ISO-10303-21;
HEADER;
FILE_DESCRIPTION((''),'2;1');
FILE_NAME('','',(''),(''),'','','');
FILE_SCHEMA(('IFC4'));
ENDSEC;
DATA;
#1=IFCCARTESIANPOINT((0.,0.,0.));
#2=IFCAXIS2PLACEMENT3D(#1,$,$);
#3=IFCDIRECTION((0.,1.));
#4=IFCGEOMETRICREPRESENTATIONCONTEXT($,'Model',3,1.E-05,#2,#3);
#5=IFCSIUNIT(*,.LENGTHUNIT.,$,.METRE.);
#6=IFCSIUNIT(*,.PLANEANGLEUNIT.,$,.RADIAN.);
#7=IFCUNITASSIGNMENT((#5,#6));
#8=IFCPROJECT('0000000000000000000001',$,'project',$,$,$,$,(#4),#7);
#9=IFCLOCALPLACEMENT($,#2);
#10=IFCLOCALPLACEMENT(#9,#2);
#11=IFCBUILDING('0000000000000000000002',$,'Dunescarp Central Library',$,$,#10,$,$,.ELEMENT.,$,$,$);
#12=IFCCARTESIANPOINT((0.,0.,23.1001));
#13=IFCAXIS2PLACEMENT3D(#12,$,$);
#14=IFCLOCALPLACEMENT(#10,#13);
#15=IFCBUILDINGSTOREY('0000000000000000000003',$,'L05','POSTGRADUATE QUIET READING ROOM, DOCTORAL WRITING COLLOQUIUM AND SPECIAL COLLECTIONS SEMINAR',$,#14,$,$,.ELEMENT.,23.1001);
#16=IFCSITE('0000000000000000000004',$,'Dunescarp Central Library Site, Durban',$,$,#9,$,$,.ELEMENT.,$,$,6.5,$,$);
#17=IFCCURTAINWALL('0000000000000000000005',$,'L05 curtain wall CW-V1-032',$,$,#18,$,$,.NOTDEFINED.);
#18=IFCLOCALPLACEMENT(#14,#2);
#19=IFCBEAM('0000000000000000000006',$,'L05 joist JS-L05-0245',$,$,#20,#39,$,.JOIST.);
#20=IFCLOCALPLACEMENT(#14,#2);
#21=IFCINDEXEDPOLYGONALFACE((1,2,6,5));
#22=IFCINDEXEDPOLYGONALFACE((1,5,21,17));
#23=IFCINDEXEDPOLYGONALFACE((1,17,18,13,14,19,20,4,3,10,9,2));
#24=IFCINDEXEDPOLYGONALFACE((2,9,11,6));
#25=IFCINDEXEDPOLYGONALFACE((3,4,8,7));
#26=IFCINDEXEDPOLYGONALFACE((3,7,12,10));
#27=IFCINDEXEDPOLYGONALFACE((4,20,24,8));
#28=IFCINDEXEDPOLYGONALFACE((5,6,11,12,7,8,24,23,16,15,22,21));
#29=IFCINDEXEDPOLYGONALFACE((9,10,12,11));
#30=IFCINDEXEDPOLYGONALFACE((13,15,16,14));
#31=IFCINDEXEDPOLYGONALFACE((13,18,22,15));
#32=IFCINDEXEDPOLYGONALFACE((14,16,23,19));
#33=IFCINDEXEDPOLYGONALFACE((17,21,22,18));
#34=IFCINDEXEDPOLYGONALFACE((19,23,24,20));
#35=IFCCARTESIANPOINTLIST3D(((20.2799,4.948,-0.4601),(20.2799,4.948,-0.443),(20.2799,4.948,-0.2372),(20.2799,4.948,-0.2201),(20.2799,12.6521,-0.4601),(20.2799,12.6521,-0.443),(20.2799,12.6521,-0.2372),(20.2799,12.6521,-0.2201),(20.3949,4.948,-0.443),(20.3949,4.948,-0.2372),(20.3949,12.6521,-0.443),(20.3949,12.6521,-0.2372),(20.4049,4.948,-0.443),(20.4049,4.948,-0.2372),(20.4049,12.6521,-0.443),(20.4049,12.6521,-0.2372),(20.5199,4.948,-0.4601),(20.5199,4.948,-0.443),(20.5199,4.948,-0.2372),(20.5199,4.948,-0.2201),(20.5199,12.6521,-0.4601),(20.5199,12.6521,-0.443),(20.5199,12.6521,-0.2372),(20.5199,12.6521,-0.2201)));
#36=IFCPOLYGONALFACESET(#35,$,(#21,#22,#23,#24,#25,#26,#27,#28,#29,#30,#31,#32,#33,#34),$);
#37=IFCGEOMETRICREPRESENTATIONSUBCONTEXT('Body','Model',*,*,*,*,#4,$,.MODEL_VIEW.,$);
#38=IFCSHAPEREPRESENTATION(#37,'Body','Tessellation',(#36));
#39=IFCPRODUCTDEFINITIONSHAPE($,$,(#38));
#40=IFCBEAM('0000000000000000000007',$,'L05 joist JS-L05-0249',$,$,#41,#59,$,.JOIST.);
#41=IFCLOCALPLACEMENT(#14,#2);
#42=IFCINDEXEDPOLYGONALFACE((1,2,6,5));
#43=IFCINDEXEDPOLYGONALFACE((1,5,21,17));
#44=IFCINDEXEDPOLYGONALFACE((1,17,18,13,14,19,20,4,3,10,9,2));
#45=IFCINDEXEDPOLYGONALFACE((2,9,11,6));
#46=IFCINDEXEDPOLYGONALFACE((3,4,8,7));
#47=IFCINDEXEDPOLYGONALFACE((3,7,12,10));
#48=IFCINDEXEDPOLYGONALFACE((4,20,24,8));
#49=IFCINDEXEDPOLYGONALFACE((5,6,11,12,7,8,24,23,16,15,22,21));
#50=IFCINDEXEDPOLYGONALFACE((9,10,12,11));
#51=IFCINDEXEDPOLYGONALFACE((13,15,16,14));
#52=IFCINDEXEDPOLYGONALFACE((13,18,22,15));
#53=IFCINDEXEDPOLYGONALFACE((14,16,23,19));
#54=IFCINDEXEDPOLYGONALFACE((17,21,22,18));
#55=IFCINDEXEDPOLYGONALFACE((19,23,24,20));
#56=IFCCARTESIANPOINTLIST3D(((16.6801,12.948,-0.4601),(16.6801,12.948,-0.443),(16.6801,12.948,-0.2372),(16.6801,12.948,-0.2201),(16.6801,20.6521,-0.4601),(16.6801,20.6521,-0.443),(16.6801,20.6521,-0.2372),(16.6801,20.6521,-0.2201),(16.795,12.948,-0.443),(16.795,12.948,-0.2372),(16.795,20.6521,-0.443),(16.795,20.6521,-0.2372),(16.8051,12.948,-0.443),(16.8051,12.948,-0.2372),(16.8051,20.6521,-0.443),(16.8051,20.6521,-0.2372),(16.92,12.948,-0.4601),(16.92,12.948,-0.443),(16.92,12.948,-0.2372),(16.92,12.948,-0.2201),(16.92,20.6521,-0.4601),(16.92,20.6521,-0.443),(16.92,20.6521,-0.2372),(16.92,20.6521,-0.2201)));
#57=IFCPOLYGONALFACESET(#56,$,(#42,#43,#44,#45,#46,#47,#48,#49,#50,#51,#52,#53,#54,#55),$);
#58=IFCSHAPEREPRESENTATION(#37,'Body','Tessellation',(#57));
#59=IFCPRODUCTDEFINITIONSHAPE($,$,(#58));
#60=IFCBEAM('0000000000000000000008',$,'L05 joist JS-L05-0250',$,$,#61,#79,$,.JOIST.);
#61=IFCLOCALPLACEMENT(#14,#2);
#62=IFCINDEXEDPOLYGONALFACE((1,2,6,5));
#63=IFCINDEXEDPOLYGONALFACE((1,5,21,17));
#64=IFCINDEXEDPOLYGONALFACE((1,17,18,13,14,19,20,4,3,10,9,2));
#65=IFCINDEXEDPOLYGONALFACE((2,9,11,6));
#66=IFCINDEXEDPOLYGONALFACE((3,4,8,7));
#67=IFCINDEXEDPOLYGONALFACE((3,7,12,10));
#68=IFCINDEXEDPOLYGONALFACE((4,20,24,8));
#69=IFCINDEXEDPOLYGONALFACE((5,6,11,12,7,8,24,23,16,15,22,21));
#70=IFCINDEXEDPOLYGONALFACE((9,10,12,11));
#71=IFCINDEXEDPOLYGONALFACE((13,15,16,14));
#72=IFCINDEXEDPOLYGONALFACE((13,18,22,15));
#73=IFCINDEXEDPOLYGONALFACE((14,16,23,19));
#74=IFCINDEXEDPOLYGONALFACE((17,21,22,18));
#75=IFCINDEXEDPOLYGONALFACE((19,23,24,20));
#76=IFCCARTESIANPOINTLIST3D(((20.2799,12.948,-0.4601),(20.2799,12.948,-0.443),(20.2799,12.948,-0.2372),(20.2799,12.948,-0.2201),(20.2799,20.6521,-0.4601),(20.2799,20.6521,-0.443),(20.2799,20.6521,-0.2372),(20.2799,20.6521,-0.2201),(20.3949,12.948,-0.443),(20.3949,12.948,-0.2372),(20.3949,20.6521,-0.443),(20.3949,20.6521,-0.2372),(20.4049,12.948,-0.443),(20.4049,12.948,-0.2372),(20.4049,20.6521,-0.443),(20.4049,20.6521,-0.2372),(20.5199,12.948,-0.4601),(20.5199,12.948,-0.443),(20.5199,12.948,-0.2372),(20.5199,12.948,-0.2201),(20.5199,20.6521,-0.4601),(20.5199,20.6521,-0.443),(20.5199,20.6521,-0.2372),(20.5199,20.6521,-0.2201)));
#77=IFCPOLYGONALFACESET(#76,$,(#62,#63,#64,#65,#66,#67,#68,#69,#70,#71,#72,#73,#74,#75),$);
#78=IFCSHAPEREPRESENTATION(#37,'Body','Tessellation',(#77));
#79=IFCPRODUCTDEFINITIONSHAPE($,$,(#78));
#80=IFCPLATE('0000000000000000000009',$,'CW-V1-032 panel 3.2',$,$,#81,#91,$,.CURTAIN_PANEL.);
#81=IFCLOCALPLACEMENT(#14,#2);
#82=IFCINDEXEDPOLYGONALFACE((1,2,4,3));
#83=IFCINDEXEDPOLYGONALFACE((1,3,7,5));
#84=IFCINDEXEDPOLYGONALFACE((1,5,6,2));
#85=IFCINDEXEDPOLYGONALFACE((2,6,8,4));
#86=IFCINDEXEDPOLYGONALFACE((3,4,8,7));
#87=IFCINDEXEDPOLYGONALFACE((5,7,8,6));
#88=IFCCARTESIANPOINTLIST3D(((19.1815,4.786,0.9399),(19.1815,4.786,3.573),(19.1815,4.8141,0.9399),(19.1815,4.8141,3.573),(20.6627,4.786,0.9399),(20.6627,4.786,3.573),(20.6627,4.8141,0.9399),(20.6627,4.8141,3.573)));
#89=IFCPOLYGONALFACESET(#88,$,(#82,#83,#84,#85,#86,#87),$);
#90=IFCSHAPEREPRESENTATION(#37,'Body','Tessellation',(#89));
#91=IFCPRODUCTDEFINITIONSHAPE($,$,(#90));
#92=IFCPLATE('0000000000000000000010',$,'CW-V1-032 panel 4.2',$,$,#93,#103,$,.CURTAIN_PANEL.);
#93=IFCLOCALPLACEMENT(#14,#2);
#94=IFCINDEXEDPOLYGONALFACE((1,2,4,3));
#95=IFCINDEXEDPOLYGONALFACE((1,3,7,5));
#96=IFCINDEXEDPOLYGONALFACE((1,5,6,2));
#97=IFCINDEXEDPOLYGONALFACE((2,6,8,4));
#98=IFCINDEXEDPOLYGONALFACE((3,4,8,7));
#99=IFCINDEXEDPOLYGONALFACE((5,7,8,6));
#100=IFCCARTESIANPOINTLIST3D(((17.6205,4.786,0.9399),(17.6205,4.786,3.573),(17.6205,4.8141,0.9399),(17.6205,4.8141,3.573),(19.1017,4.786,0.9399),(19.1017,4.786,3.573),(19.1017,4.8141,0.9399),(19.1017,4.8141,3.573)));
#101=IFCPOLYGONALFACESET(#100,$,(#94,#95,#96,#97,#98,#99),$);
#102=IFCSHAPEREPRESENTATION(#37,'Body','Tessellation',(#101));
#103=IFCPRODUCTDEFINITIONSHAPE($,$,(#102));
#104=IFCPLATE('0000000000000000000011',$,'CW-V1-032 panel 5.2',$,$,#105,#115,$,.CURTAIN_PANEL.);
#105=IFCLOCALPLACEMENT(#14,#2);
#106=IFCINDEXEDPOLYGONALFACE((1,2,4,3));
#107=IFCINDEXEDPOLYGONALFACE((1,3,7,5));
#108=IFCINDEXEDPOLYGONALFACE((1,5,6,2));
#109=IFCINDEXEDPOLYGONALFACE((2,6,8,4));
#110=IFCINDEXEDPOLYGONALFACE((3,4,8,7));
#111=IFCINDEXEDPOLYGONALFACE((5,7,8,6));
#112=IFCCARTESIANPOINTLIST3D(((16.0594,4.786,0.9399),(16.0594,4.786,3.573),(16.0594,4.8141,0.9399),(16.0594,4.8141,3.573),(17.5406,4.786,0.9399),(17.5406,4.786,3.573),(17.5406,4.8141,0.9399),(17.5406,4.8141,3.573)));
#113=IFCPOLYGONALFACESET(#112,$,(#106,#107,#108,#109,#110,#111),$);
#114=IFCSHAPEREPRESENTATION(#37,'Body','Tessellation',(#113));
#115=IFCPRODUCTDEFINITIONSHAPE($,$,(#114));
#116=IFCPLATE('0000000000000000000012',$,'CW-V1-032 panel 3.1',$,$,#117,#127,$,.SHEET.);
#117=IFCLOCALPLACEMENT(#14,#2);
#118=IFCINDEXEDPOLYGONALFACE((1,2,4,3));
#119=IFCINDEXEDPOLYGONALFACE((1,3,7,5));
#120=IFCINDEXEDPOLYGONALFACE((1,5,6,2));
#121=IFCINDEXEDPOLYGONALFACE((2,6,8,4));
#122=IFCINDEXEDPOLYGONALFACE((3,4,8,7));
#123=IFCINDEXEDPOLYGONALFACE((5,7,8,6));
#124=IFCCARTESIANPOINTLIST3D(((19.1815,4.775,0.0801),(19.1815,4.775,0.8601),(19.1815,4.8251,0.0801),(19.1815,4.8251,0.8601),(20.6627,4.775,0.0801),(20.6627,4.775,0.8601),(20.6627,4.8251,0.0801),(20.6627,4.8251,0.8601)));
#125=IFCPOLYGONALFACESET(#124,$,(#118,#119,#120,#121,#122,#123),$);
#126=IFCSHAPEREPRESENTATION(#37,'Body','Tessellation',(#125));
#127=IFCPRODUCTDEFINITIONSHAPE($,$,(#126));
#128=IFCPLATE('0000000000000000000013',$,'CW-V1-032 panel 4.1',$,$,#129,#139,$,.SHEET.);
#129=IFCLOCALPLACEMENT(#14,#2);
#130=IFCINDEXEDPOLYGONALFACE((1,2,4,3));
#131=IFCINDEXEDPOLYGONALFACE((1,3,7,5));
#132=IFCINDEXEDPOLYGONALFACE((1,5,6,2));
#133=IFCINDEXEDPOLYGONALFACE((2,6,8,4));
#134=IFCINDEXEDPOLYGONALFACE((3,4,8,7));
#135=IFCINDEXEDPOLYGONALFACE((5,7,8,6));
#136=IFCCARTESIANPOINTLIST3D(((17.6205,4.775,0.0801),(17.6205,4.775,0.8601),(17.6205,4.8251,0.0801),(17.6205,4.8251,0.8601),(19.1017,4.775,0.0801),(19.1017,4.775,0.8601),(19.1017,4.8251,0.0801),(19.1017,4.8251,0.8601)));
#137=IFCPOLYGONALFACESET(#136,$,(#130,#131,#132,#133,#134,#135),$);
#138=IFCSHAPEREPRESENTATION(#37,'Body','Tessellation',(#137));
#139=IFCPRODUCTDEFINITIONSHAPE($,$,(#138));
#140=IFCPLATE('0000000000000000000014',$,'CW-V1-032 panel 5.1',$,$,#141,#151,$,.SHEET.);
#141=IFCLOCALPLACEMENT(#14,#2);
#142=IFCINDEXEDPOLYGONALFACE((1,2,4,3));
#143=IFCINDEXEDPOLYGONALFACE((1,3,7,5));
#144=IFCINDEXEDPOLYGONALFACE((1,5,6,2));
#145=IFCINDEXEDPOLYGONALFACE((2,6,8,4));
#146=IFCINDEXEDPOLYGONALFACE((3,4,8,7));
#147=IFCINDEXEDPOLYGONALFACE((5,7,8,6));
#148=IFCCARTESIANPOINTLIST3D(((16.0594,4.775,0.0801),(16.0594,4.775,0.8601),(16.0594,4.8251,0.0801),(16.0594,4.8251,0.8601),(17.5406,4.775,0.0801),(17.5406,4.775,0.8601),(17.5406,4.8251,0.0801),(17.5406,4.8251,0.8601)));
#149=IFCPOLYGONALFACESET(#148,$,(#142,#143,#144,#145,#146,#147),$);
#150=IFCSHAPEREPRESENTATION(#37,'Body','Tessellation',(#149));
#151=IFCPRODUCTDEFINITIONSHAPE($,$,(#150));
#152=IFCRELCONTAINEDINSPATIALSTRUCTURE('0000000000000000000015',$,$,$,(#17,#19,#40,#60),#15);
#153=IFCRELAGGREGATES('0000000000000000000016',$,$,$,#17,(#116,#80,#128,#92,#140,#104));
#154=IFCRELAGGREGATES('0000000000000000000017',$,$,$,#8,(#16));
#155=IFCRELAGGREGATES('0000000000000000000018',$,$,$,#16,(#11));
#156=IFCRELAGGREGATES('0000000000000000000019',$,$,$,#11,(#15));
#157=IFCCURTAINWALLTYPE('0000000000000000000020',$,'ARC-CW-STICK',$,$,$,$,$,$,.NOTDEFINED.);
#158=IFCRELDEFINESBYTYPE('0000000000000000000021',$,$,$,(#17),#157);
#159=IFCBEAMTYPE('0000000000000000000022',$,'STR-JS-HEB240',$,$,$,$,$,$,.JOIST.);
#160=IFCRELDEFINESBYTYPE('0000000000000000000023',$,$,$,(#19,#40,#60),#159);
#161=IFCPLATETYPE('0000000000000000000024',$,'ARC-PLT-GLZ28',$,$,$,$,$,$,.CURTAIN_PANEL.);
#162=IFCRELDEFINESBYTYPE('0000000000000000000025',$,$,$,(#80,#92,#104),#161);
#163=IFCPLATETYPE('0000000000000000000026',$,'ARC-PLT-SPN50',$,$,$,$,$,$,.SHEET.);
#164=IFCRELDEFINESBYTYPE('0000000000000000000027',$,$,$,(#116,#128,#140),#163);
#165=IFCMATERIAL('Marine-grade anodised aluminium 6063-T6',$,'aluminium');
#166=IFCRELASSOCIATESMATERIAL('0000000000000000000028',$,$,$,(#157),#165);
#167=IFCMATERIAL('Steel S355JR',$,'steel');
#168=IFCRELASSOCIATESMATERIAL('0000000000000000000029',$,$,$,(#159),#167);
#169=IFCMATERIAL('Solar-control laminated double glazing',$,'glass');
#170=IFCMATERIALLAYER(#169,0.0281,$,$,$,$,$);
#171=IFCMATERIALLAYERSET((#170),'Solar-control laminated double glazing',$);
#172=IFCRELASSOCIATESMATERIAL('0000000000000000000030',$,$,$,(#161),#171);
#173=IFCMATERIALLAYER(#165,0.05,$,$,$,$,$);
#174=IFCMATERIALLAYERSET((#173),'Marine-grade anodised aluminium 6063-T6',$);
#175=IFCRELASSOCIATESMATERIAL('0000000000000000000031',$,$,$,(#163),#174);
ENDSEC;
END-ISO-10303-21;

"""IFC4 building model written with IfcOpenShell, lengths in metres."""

from ifc_helpers import new_model, si_unit, direction, frame, origin, origin_2d, place, context, subcontext, project, spatial, rectangle, i_section, extrude, material, layer, layer_set, material_profile, profile_set, type_object, element, aggregate, save


model = new_model("IFC4")

# Units and contexts
model_context = context("Model", 3, precision=1e-05, world=origin(), true_north=direction((0.0, 1.0)))
body_context = subcontext(model_context, "Body", "Model", "MODEL_VIEW")
ifc_project = project(units=[si_unit("LENGTHUNIT", "METRE"), si_unit("PLANEANGLEUNIT", "RADIAN")], contexts=[model_context])

# Site, building, storey
site_placement = place(None, origin())
site = spatial("IfcSite", under=ifc_project, at=site_placement, Name="Dunescarp Central Library Site, Durban", CompositionType="ELEMENT", RefElevation=6.5)
building_placement = place(site_placement, origin())
building = spatial("IfcBuilding", under=site, at=building_placement, Name="Dunescarp Central Library", CompositionType="ELEMENT")
storey_placement = place(building_placement, frame((0.0, 0.0, 23.1001)))
storey = spatial("IfcBuildingStorey", under=building, at=storey_placement, Name="L05", Description="POSTGRADUATE QUIET READING ROOM, DOCTORAL WRITING COLLOQUIUM AND SPECIAL COLLECTIONS SEMINAR", CompositionType="ELEMENT", Elevation=23.1001)

# Shared definitions
ifc_material_1 = material(Name="Steel S355JR", Category="steel")

# Curtain wall
ifc_material_2 = material(Name="Marine-grade anodised aluminium 6063-T6", Category="aluminium")
curtain_wall_type = type_object("IfcCurtainWallType", Name="ARC-CW-STICK", PredefinedType="NOTDEFINED", material=ifc_material_2)
curtain_wall_placement = place(storey_placement, origin())
curtain_wall = element("IfcCurtainWall", 1, at=curtain_wall_placement, inside=storey, type_object=curtain_wall_type, Name="L05 curtain wall CW-V1-032", PredefinedType="NOTDEFINED")

# Beams
ifc_material_profile_1 = material_profile(ifc_material_1, i_section(OverallWidth=0.24, OverallDepth=0.24, WebThickness=0.01, FlangeThickness=0.0171, at=origin_2d()), Name="HEB 240")
ifc_profile_set_1 = profile_set([ifc_material_profile_1], Name="Steel S355JR")
beam_type = type_object("IfcBeamType", Name="STR-JS-HEB240", PredefinedType="JOIST", material=ifc_profile_set_1)
for number, where, z_axis, x_axis, name in (
    (2, (20.3999, 4.948, -0.3401), (0.0, 1.0, 0.0), (-1.0, 0.0, 0.0), "L05 joist JS-L05-0245"),
    (3, (16.8, 12.948, -0.3401), (0.0, 1.0, 0.0), (-1.0, 0.0, 0.0), "L05 joist JS-L05-0249"),
    (4, (20.3999, 12.948, -0.3401), (0.0, 1.0, 0.0), (-1.0, 0.0, 0.0), "L05 joist JS-L05-0250"),
):
    element("IfcBeam", number, at=place(storey_placement, frame(where, z_axis=z_axis, x_axis=x_axis)), inside=storey, type_object=beam_type, Name=name, PredefinedType="JOIST", context=body_context, shape_type="SweptSolid", body=[
        extrude(i_section(OverallWidth=0.24, OverallDepth=0.24, WebThickness=0.01, FlangeThickness=0.0171, at=origin_2d()), origin(), (0.0, 0.0, 1.0), 7.7041),
    ])

# Plates
ifc_material_3 = material(Name="Solar-control laminated double glazing", Category="glass")
ifc_layer_1 = layer(ifc_material_3, 0.0281)
ifc_layer_set_1 = layer_set([ifc_layer_1], Name="Solar-control laminated double glazing")
plate_type_1 = type_object("IfcPlateType", Name="ARC-PLT-GLZ28", PredefinedType="CURTAIN_PANEL", material=ifc_layer_set_1)
plate_1_placement = place(storey_placement, frame((19.9221, 4.8, 0.9399), z_axis=(0.0, 0.0, 1.0), x_axis=(-1.0, 0.0, 0.0)))
plate_1 = element("IfcPlate", 5, at=plate_1_placement, type_object=plate_type_1, Name="CW-V1-032 panel 3.2", PredefinedType="CURTAIN_PANEL", context=body_context, shape_type="SweptSolid", body=[
    extrude(rectangle(XDim=1.4812, YDim=0.0281, at=origin_2d()), origin(), (0.0, 0.0, 1.0), 2.6331),
])
plate_2_placement = place(storey_placement, frame((18.3611, 4.8, 0.9399), z_axis=(0.0, 0.0, 1.0), x_axis=(-1.0, 0.0, 0.0)))
plate_2 = element("IfcPlate", 6, at=plate_2_placement, type_object=plate_type_1, Name="CW-V1-032 panel 4.2", PredefinedType="CURTAIN_PANEL", context=body_context, shape_type="SweptSolid", body=[
    extrude(rectangle(XDim=1.4812, YDim=0.0281, at=origin_2d()), origin(), (0.0, 0.0, 1.0), 2.6331),
])
plate_3_placement = place(storey_placement, frame((16.8, 4.8, 0.9399), z_axis=(0.0, 0.0, 1.0), x_axis=(-1.0, 0.0, 0.0)))
plate_3 = element("IfcPlate", 7, at=plate_3_placement, type_object=plate_type_1, Name="CW-V1-032 panel 5.2", PredefinedType="CURTAIN_PANEL", context=body_context, shape_type="SweptSolid", body=[
    extrude(rectangle(XDim=1.4812, YDim=0.0281, at=origin_2d()), origin(), (0.0, 0.0, 1.0), 2.6331),
])
ifc_layer_2 = layer(ifc_material_2, 0.05)
ifc_layer_set_2 = layer_set([ifc_layer_2], Name="Marine-grade anodised aluminium 6063-T6")
plate_type_2 = type_object("IfcPlateType", Name="ARC-PLT-SPN50", PredefinedType="SHEET", material=ifc_layer_set_2)
plate_4_placement = place(storey_placement, frame((19.9221, 4.8, 0.0801), z_axis=(0.0, 0.0, 1.0), x_axis=(-1.0, 0.0, 0.0)))
plate_4 = element("IfcPlate", 8, at=plate_4_placement, type_object=plate_type_2, Name="CW-V1-032 panel 3.1", PredefinedType="SHEET", context=body_context, shape_type="SweptSolid", body=[
    extrude(rectangle(XDim=1.4812, YDim=0.05, at=origin_2d()), origin(), (0.0, 0.0, 1.0), 0.78),
])
plate_5_placement = place(storey_placement, frame((18.3611, 4.8, 0.0801), z_axis=(0.0, 0.0, 1.0), x_axis=(-1.0, 0.0, 0.0)))
plate_5 = element("IfcPlate", 9, at=plate_5_placement, type_object=plate_type_2, Name="CW-V1-032 panel 4.1", PredefinedType="SHEET", context=body_context, shape_type="SweptSolid", body=[
    extrude(rectangle(XDim=1.4812, YDim=0.05, at=origin_2d()), origin(), (0.0, 0.0, 1.0), 0.78),
])
plate_6_placement = place(storey_placement, frame((16.8, 4.8, 0.0801), z_axis=(0.0, 0.0, 1.0), x_axis=(-1.0, 0.0, 0.0)))
plate_6 = element("IfcPlate", 10, at=plate_6_placement, type_object=plate_type_2, Name="CW-V1-032 panel 5.1", PredefinedType="SHEET", context=body_context, shape_type="SweptSolid", body=[
    extrude(rectangle(XDim=1.4812, YDim=0.05, at=origin_2d()), origin(), (0.0, 0.0, 1.0), 0.78),
])
aggregate(curtain_wall, [plate_4, plate_1, plate_5, plate_2, plate_6, plate_3])

save(model, "model.ifc")
